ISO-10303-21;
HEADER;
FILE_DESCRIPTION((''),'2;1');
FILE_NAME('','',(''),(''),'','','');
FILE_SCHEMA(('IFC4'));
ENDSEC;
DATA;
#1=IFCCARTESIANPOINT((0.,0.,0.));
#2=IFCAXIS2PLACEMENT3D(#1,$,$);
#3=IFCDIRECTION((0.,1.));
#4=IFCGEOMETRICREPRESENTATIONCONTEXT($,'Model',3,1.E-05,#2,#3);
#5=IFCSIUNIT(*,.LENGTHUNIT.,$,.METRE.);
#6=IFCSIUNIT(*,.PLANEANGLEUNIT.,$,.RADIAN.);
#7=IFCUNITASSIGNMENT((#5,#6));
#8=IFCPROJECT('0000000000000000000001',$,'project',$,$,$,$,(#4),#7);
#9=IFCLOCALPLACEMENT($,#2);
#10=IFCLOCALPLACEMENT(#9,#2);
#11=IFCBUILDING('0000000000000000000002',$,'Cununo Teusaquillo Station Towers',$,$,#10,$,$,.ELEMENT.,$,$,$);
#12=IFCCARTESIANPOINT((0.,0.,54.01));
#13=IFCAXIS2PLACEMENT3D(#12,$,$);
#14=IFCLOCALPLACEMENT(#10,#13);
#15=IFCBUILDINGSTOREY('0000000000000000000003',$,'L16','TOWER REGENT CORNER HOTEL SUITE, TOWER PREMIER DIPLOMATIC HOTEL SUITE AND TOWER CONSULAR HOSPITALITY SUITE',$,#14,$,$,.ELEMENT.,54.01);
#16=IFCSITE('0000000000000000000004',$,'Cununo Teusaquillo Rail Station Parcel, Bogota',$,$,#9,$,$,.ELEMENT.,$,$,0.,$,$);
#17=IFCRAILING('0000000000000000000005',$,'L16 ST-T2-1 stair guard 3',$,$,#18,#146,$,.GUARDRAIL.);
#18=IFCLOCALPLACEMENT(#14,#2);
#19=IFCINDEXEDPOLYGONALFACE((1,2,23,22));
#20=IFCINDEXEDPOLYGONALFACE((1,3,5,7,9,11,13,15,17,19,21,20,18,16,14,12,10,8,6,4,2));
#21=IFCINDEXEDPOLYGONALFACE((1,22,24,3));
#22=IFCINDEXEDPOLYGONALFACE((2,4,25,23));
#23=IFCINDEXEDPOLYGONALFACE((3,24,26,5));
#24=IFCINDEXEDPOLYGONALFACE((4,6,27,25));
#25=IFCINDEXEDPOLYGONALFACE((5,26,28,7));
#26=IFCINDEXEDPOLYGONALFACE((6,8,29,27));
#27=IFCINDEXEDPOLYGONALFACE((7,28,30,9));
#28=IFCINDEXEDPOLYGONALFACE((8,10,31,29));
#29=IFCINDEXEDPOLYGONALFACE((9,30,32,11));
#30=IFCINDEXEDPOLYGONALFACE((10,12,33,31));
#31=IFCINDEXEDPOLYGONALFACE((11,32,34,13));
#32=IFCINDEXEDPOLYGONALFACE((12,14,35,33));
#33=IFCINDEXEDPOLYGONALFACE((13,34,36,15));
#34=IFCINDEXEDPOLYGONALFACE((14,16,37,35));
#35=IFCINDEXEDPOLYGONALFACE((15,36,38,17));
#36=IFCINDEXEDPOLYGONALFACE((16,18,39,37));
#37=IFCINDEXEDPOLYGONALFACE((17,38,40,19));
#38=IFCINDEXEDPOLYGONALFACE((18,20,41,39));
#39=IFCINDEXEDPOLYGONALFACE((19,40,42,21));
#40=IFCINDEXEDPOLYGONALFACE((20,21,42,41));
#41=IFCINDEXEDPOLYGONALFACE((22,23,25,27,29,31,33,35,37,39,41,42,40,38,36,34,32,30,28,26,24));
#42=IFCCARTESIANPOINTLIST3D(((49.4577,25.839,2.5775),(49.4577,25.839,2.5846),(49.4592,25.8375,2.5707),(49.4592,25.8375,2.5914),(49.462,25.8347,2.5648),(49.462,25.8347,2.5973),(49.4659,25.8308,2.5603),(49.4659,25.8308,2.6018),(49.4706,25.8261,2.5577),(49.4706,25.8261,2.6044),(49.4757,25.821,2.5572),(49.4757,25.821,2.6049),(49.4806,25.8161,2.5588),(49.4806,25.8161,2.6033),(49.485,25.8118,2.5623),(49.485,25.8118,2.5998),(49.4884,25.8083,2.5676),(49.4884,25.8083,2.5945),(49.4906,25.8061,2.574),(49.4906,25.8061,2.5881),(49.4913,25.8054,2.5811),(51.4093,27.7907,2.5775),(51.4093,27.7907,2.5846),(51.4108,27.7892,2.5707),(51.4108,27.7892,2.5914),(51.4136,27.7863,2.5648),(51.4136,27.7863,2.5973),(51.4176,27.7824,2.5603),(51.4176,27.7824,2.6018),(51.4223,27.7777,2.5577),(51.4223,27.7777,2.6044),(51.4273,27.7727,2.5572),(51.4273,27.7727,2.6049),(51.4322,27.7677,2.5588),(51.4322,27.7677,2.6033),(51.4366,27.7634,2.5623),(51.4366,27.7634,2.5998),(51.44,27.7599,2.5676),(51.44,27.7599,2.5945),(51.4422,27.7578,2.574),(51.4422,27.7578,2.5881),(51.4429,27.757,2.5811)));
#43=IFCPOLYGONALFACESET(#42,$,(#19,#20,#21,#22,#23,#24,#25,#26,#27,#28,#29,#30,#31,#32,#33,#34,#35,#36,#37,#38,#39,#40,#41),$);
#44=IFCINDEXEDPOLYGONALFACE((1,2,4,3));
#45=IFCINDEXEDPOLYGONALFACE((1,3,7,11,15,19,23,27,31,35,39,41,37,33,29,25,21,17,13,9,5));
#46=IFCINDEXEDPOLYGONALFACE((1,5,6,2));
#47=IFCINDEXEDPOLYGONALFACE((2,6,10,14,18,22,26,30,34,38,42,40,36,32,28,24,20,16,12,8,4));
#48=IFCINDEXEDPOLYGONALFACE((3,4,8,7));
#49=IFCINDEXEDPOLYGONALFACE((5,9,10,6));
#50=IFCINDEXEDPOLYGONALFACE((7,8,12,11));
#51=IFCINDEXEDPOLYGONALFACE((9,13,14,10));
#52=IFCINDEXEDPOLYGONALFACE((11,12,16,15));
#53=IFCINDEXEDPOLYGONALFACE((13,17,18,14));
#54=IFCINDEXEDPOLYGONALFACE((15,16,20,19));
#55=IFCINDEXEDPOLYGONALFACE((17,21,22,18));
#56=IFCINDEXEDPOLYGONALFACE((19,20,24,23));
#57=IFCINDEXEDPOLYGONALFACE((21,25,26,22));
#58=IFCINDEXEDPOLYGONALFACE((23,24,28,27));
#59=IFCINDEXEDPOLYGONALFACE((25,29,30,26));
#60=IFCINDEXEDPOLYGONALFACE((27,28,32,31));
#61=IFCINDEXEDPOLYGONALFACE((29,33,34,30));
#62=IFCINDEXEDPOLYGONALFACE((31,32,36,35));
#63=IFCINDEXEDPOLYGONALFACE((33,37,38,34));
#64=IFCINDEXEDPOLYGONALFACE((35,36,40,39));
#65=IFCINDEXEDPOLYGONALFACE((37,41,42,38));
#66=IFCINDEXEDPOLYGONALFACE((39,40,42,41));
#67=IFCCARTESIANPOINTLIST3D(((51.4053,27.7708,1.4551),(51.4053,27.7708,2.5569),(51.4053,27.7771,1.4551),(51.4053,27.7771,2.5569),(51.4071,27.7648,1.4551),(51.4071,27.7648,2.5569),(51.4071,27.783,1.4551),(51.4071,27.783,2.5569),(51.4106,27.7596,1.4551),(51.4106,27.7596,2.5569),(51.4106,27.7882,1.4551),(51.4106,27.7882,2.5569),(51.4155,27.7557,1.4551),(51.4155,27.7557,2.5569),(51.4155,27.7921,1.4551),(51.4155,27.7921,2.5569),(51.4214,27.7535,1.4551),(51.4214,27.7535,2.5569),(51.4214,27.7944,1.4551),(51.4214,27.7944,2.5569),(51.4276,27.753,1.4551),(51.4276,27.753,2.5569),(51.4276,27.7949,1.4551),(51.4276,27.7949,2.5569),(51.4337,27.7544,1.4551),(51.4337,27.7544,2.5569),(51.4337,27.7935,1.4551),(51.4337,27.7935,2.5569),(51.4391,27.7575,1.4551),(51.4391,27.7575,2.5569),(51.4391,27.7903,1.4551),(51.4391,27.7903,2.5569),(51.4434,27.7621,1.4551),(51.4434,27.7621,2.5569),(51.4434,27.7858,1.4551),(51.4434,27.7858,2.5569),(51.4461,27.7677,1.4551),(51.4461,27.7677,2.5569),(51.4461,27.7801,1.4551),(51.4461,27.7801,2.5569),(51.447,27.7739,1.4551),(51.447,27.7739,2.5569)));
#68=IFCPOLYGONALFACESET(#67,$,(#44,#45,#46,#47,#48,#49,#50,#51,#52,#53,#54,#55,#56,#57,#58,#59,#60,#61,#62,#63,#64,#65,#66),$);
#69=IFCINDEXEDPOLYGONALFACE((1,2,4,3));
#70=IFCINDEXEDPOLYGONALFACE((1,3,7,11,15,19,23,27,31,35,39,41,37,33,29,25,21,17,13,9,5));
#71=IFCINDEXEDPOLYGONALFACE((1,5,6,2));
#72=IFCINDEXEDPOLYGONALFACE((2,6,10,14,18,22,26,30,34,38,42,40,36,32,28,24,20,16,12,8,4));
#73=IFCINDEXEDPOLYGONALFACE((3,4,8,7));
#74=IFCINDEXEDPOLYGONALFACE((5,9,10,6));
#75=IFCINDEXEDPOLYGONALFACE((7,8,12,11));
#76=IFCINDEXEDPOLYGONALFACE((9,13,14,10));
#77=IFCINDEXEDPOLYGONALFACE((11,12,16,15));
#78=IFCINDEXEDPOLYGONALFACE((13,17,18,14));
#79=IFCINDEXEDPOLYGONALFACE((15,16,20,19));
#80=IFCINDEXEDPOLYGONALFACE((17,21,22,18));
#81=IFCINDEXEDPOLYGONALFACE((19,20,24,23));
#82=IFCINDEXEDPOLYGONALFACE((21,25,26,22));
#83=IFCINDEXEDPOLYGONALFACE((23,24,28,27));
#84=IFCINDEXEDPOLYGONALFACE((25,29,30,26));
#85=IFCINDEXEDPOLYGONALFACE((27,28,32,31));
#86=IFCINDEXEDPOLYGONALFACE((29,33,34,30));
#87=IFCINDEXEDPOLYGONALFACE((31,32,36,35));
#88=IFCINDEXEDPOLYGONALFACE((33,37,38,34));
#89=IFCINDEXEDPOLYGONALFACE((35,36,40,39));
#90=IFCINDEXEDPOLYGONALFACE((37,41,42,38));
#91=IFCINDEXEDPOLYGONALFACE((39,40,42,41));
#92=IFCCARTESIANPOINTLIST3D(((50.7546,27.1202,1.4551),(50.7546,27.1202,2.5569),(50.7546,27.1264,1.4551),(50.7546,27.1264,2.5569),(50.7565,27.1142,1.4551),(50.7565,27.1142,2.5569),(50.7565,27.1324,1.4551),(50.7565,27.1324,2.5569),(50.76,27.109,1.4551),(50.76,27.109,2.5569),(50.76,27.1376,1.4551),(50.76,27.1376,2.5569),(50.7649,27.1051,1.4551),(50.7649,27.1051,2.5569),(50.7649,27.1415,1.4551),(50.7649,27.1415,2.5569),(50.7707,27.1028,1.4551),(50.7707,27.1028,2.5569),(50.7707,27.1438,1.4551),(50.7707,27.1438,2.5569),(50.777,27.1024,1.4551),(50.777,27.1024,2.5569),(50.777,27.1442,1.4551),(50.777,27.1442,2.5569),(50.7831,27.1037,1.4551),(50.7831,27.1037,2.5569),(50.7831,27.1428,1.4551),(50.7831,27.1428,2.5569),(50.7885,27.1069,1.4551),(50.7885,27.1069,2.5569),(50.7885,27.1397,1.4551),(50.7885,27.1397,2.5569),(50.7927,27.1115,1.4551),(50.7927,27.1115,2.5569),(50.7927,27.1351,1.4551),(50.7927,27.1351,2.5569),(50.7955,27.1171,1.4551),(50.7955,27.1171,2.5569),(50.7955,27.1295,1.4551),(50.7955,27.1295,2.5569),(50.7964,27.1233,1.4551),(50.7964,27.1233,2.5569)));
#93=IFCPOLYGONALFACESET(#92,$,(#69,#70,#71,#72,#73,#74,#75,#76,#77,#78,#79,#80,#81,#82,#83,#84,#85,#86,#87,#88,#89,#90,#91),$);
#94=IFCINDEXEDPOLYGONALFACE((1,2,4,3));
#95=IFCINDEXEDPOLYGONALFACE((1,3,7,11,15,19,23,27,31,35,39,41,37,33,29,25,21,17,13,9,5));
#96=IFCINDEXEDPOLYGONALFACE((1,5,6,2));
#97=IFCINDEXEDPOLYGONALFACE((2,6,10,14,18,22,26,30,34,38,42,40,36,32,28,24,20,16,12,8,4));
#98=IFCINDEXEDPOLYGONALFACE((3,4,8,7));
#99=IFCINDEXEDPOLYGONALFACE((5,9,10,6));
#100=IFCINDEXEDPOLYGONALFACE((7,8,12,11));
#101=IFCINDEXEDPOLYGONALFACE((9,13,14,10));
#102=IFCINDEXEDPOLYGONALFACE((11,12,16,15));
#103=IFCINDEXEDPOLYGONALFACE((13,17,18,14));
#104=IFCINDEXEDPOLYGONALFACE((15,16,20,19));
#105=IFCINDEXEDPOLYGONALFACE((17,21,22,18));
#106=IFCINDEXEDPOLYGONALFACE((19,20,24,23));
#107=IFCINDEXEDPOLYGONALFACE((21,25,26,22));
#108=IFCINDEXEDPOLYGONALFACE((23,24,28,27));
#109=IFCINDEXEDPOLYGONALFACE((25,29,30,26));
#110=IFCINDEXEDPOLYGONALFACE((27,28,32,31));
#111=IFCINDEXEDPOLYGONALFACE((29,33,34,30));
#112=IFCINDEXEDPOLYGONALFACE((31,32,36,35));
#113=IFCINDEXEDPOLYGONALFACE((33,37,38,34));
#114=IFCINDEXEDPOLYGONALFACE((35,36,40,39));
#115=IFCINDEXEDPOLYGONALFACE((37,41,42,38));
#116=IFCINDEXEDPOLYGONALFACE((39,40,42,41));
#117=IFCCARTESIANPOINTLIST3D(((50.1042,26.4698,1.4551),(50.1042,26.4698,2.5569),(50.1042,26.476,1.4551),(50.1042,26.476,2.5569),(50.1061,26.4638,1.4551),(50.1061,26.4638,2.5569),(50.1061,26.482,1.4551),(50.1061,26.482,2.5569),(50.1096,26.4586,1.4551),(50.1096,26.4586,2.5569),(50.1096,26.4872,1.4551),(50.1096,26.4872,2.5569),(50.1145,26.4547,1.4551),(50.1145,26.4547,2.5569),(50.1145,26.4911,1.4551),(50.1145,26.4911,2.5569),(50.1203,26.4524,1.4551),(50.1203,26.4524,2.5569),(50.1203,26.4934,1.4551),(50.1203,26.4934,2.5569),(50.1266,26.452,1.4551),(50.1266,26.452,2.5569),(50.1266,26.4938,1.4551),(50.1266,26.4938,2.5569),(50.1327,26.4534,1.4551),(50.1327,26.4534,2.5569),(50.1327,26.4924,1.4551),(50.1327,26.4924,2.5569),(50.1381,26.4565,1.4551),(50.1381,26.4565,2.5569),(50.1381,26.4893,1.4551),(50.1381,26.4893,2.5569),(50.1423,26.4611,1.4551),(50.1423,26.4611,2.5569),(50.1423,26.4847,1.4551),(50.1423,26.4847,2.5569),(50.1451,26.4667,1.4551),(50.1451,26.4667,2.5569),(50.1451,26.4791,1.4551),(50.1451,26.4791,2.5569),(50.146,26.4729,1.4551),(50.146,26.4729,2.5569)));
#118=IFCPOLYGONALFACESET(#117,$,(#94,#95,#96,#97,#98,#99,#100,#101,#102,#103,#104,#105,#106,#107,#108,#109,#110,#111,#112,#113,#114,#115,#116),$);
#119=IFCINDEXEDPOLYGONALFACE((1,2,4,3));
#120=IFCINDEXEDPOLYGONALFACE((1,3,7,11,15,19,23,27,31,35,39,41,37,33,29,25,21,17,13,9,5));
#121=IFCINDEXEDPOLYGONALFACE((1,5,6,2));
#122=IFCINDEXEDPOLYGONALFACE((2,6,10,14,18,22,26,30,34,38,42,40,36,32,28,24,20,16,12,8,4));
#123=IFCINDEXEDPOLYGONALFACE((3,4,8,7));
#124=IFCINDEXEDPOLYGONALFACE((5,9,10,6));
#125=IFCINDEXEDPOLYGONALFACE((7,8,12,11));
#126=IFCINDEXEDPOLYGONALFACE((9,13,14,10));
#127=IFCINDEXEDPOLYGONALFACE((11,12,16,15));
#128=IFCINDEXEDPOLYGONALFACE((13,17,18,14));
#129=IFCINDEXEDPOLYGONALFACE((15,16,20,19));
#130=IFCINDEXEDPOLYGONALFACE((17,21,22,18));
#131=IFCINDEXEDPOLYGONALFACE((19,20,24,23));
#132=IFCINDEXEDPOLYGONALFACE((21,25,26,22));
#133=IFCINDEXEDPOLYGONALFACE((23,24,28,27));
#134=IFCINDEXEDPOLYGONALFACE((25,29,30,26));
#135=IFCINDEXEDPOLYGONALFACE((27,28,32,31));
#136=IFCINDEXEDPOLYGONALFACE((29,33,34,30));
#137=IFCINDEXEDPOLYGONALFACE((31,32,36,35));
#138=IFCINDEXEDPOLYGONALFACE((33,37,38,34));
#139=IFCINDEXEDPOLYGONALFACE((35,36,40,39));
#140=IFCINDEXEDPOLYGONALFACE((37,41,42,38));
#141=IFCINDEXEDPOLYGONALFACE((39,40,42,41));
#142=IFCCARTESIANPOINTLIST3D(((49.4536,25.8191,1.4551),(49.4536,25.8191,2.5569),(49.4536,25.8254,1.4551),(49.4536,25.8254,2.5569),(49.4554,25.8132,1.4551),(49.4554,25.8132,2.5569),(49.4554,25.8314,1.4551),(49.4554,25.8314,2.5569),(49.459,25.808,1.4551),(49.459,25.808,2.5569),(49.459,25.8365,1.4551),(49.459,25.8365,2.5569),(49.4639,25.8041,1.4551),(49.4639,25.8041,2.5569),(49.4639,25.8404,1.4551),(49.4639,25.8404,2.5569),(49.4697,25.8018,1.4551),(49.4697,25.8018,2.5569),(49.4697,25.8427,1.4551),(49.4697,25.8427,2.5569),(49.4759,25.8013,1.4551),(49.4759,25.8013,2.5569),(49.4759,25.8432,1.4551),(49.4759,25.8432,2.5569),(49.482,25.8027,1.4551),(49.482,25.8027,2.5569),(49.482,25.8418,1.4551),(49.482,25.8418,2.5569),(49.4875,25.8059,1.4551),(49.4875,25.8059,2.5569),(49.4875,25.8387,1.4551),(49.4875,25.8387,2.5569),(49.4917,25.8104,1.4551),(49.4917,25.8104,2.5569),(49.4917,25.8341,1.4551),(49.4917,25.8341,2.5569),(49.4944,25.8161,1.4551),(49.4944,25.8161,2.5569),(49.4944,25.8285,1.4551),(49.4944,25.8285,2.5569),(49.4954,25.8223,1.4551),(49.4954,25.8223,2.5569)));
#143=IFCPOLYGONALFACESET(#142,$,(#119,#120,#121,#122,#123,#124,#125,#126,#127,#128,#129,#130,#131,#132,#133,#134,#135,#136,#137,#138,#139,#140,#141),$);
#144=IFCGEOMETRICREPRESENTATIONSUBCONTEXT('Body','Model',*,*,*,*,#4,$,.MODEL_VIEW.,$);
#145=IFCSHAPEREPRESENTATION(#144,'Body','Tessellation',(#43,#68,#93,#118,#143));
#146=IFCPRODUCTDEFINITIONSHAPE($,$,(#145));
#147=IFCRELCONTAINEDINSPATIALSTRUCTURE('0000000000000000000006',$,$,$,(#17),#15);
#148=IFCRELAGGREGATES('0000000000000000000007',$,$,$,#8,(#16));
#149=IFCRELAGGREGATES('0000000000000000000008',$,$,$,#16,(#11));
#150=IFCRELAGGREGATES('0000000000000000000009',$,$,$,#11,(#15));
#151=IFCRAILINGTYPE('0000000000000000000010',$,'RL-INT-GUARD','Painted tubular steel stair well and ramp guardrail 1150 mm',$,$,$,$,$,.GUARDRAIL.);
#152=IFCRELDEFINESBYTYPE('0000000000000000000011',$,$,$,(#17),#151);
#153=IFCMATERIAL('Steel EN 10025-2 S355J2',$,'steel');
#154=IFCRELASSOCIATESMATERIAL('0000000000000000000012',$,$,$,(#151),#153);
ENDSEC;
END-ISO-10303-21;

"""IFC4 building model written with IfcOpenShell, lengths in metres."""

from ifc_helpers import new_model, si_unit, direction, frame, origin, origin_2d, place, context, subcontext, project, spatial, circle, extrude, material, type_object, element, save


model = new_model("IFC4")

# Units and contexts
model_context = context("Model", 3, precision=1e-05, world=origin(), true_north=direction((0.0, 1.0)))
body_context = subcontext(model_context, "Body", "Model", "MODEL_VIEW")
ifc_project = project(units=[si_unit("LENGTHUNIT", "METRE"), si_unit("PLANEANGLEUNIT", "RADIAN")], contexts=[model_context])

# Site, building, storey
site_placement = place(None, origin())
site = spatial("IfcSite", under=ifc_project, at=site_placement, Name="Cununo Teusaquillo Rail Station Parcel, Bogota", CompositionType="ELEMENT", RefElevation=0.0)
building_placement = place(site_placement, origin())
building = spatial("IfcBuilding", under=site, at=building_placement, Name="Cununo Teusaquillo Station Towers", CompositionType="ELEMENT")
storey_placement = place(building_placement, frame((0.0, 0.0, 54.01)))
storey = spatial("IfcBuildingStorey", under=building, at=storey_placement, Name="L16", Description="TOWER REGENT CORNER HOTEL SUITE, TOWER PREMIER DIPLOMATIC HOTEL SUITE AND TOWER CONSULAR HOSPITALITY SUITE", CompositionType="ELEMENT", Elevation=54.01)

# Railing
ifc_material_1 = material(Name="Steel EN 10025-2 S355J2", Category="steel")
railing_type = type_object("IfcRailingType", Name="RL-INT-GUARD", Description="Painted tubular steel stair well and ramp guardrail 1150 mm", PredefinedType="GUARDRAIL", material=ifc_material_1)
railing_placement = place(storey_placement, frame((51.426, 27.7739, 1.4551)))
element("IfcRailing", 1, at=railing_placement, inside=storey, type_object=railing_type, Name="L16 ST-T2-1 stair guard 3", PredefinedType="GUARDRAIL", context=body_context, shape_type="SweptSolid", body=[
    extrude(circle(Radius=0.0239, at=origin_2d()), frame((0.0, 0.0, 1.126), z_axis=(-0.707107, -0.707107, 0.0), x_axis=(0.707107, -0.707107, 0.0)), (0.0, 0.0, 1.0), 2.76),
    extrude(circle(Radius=0.021, at=origin_2d()), origin(), (0.0, 0.0, 1.0), 1.1018),
    extrude(circle(Radius=0.021, at=origin_2d()), frame((-0.6506, -0.6506, 0.0)), (0.0, 0.0, 1.0), 1.1018),
    extrude(circle(Radius=0.021, at=origin_2d()), frame((-1.301, -1.301, 0.0)), (0.0, 0.0, 1.0), 1.1018),
    extrude(circle(Radius=0.021, at=origin_2d()), frame((-1.9517, -1.9517, 0.0)), (0.0, 0.0, 1.0), 1.1018),
])

save(model, "model.ifc")
